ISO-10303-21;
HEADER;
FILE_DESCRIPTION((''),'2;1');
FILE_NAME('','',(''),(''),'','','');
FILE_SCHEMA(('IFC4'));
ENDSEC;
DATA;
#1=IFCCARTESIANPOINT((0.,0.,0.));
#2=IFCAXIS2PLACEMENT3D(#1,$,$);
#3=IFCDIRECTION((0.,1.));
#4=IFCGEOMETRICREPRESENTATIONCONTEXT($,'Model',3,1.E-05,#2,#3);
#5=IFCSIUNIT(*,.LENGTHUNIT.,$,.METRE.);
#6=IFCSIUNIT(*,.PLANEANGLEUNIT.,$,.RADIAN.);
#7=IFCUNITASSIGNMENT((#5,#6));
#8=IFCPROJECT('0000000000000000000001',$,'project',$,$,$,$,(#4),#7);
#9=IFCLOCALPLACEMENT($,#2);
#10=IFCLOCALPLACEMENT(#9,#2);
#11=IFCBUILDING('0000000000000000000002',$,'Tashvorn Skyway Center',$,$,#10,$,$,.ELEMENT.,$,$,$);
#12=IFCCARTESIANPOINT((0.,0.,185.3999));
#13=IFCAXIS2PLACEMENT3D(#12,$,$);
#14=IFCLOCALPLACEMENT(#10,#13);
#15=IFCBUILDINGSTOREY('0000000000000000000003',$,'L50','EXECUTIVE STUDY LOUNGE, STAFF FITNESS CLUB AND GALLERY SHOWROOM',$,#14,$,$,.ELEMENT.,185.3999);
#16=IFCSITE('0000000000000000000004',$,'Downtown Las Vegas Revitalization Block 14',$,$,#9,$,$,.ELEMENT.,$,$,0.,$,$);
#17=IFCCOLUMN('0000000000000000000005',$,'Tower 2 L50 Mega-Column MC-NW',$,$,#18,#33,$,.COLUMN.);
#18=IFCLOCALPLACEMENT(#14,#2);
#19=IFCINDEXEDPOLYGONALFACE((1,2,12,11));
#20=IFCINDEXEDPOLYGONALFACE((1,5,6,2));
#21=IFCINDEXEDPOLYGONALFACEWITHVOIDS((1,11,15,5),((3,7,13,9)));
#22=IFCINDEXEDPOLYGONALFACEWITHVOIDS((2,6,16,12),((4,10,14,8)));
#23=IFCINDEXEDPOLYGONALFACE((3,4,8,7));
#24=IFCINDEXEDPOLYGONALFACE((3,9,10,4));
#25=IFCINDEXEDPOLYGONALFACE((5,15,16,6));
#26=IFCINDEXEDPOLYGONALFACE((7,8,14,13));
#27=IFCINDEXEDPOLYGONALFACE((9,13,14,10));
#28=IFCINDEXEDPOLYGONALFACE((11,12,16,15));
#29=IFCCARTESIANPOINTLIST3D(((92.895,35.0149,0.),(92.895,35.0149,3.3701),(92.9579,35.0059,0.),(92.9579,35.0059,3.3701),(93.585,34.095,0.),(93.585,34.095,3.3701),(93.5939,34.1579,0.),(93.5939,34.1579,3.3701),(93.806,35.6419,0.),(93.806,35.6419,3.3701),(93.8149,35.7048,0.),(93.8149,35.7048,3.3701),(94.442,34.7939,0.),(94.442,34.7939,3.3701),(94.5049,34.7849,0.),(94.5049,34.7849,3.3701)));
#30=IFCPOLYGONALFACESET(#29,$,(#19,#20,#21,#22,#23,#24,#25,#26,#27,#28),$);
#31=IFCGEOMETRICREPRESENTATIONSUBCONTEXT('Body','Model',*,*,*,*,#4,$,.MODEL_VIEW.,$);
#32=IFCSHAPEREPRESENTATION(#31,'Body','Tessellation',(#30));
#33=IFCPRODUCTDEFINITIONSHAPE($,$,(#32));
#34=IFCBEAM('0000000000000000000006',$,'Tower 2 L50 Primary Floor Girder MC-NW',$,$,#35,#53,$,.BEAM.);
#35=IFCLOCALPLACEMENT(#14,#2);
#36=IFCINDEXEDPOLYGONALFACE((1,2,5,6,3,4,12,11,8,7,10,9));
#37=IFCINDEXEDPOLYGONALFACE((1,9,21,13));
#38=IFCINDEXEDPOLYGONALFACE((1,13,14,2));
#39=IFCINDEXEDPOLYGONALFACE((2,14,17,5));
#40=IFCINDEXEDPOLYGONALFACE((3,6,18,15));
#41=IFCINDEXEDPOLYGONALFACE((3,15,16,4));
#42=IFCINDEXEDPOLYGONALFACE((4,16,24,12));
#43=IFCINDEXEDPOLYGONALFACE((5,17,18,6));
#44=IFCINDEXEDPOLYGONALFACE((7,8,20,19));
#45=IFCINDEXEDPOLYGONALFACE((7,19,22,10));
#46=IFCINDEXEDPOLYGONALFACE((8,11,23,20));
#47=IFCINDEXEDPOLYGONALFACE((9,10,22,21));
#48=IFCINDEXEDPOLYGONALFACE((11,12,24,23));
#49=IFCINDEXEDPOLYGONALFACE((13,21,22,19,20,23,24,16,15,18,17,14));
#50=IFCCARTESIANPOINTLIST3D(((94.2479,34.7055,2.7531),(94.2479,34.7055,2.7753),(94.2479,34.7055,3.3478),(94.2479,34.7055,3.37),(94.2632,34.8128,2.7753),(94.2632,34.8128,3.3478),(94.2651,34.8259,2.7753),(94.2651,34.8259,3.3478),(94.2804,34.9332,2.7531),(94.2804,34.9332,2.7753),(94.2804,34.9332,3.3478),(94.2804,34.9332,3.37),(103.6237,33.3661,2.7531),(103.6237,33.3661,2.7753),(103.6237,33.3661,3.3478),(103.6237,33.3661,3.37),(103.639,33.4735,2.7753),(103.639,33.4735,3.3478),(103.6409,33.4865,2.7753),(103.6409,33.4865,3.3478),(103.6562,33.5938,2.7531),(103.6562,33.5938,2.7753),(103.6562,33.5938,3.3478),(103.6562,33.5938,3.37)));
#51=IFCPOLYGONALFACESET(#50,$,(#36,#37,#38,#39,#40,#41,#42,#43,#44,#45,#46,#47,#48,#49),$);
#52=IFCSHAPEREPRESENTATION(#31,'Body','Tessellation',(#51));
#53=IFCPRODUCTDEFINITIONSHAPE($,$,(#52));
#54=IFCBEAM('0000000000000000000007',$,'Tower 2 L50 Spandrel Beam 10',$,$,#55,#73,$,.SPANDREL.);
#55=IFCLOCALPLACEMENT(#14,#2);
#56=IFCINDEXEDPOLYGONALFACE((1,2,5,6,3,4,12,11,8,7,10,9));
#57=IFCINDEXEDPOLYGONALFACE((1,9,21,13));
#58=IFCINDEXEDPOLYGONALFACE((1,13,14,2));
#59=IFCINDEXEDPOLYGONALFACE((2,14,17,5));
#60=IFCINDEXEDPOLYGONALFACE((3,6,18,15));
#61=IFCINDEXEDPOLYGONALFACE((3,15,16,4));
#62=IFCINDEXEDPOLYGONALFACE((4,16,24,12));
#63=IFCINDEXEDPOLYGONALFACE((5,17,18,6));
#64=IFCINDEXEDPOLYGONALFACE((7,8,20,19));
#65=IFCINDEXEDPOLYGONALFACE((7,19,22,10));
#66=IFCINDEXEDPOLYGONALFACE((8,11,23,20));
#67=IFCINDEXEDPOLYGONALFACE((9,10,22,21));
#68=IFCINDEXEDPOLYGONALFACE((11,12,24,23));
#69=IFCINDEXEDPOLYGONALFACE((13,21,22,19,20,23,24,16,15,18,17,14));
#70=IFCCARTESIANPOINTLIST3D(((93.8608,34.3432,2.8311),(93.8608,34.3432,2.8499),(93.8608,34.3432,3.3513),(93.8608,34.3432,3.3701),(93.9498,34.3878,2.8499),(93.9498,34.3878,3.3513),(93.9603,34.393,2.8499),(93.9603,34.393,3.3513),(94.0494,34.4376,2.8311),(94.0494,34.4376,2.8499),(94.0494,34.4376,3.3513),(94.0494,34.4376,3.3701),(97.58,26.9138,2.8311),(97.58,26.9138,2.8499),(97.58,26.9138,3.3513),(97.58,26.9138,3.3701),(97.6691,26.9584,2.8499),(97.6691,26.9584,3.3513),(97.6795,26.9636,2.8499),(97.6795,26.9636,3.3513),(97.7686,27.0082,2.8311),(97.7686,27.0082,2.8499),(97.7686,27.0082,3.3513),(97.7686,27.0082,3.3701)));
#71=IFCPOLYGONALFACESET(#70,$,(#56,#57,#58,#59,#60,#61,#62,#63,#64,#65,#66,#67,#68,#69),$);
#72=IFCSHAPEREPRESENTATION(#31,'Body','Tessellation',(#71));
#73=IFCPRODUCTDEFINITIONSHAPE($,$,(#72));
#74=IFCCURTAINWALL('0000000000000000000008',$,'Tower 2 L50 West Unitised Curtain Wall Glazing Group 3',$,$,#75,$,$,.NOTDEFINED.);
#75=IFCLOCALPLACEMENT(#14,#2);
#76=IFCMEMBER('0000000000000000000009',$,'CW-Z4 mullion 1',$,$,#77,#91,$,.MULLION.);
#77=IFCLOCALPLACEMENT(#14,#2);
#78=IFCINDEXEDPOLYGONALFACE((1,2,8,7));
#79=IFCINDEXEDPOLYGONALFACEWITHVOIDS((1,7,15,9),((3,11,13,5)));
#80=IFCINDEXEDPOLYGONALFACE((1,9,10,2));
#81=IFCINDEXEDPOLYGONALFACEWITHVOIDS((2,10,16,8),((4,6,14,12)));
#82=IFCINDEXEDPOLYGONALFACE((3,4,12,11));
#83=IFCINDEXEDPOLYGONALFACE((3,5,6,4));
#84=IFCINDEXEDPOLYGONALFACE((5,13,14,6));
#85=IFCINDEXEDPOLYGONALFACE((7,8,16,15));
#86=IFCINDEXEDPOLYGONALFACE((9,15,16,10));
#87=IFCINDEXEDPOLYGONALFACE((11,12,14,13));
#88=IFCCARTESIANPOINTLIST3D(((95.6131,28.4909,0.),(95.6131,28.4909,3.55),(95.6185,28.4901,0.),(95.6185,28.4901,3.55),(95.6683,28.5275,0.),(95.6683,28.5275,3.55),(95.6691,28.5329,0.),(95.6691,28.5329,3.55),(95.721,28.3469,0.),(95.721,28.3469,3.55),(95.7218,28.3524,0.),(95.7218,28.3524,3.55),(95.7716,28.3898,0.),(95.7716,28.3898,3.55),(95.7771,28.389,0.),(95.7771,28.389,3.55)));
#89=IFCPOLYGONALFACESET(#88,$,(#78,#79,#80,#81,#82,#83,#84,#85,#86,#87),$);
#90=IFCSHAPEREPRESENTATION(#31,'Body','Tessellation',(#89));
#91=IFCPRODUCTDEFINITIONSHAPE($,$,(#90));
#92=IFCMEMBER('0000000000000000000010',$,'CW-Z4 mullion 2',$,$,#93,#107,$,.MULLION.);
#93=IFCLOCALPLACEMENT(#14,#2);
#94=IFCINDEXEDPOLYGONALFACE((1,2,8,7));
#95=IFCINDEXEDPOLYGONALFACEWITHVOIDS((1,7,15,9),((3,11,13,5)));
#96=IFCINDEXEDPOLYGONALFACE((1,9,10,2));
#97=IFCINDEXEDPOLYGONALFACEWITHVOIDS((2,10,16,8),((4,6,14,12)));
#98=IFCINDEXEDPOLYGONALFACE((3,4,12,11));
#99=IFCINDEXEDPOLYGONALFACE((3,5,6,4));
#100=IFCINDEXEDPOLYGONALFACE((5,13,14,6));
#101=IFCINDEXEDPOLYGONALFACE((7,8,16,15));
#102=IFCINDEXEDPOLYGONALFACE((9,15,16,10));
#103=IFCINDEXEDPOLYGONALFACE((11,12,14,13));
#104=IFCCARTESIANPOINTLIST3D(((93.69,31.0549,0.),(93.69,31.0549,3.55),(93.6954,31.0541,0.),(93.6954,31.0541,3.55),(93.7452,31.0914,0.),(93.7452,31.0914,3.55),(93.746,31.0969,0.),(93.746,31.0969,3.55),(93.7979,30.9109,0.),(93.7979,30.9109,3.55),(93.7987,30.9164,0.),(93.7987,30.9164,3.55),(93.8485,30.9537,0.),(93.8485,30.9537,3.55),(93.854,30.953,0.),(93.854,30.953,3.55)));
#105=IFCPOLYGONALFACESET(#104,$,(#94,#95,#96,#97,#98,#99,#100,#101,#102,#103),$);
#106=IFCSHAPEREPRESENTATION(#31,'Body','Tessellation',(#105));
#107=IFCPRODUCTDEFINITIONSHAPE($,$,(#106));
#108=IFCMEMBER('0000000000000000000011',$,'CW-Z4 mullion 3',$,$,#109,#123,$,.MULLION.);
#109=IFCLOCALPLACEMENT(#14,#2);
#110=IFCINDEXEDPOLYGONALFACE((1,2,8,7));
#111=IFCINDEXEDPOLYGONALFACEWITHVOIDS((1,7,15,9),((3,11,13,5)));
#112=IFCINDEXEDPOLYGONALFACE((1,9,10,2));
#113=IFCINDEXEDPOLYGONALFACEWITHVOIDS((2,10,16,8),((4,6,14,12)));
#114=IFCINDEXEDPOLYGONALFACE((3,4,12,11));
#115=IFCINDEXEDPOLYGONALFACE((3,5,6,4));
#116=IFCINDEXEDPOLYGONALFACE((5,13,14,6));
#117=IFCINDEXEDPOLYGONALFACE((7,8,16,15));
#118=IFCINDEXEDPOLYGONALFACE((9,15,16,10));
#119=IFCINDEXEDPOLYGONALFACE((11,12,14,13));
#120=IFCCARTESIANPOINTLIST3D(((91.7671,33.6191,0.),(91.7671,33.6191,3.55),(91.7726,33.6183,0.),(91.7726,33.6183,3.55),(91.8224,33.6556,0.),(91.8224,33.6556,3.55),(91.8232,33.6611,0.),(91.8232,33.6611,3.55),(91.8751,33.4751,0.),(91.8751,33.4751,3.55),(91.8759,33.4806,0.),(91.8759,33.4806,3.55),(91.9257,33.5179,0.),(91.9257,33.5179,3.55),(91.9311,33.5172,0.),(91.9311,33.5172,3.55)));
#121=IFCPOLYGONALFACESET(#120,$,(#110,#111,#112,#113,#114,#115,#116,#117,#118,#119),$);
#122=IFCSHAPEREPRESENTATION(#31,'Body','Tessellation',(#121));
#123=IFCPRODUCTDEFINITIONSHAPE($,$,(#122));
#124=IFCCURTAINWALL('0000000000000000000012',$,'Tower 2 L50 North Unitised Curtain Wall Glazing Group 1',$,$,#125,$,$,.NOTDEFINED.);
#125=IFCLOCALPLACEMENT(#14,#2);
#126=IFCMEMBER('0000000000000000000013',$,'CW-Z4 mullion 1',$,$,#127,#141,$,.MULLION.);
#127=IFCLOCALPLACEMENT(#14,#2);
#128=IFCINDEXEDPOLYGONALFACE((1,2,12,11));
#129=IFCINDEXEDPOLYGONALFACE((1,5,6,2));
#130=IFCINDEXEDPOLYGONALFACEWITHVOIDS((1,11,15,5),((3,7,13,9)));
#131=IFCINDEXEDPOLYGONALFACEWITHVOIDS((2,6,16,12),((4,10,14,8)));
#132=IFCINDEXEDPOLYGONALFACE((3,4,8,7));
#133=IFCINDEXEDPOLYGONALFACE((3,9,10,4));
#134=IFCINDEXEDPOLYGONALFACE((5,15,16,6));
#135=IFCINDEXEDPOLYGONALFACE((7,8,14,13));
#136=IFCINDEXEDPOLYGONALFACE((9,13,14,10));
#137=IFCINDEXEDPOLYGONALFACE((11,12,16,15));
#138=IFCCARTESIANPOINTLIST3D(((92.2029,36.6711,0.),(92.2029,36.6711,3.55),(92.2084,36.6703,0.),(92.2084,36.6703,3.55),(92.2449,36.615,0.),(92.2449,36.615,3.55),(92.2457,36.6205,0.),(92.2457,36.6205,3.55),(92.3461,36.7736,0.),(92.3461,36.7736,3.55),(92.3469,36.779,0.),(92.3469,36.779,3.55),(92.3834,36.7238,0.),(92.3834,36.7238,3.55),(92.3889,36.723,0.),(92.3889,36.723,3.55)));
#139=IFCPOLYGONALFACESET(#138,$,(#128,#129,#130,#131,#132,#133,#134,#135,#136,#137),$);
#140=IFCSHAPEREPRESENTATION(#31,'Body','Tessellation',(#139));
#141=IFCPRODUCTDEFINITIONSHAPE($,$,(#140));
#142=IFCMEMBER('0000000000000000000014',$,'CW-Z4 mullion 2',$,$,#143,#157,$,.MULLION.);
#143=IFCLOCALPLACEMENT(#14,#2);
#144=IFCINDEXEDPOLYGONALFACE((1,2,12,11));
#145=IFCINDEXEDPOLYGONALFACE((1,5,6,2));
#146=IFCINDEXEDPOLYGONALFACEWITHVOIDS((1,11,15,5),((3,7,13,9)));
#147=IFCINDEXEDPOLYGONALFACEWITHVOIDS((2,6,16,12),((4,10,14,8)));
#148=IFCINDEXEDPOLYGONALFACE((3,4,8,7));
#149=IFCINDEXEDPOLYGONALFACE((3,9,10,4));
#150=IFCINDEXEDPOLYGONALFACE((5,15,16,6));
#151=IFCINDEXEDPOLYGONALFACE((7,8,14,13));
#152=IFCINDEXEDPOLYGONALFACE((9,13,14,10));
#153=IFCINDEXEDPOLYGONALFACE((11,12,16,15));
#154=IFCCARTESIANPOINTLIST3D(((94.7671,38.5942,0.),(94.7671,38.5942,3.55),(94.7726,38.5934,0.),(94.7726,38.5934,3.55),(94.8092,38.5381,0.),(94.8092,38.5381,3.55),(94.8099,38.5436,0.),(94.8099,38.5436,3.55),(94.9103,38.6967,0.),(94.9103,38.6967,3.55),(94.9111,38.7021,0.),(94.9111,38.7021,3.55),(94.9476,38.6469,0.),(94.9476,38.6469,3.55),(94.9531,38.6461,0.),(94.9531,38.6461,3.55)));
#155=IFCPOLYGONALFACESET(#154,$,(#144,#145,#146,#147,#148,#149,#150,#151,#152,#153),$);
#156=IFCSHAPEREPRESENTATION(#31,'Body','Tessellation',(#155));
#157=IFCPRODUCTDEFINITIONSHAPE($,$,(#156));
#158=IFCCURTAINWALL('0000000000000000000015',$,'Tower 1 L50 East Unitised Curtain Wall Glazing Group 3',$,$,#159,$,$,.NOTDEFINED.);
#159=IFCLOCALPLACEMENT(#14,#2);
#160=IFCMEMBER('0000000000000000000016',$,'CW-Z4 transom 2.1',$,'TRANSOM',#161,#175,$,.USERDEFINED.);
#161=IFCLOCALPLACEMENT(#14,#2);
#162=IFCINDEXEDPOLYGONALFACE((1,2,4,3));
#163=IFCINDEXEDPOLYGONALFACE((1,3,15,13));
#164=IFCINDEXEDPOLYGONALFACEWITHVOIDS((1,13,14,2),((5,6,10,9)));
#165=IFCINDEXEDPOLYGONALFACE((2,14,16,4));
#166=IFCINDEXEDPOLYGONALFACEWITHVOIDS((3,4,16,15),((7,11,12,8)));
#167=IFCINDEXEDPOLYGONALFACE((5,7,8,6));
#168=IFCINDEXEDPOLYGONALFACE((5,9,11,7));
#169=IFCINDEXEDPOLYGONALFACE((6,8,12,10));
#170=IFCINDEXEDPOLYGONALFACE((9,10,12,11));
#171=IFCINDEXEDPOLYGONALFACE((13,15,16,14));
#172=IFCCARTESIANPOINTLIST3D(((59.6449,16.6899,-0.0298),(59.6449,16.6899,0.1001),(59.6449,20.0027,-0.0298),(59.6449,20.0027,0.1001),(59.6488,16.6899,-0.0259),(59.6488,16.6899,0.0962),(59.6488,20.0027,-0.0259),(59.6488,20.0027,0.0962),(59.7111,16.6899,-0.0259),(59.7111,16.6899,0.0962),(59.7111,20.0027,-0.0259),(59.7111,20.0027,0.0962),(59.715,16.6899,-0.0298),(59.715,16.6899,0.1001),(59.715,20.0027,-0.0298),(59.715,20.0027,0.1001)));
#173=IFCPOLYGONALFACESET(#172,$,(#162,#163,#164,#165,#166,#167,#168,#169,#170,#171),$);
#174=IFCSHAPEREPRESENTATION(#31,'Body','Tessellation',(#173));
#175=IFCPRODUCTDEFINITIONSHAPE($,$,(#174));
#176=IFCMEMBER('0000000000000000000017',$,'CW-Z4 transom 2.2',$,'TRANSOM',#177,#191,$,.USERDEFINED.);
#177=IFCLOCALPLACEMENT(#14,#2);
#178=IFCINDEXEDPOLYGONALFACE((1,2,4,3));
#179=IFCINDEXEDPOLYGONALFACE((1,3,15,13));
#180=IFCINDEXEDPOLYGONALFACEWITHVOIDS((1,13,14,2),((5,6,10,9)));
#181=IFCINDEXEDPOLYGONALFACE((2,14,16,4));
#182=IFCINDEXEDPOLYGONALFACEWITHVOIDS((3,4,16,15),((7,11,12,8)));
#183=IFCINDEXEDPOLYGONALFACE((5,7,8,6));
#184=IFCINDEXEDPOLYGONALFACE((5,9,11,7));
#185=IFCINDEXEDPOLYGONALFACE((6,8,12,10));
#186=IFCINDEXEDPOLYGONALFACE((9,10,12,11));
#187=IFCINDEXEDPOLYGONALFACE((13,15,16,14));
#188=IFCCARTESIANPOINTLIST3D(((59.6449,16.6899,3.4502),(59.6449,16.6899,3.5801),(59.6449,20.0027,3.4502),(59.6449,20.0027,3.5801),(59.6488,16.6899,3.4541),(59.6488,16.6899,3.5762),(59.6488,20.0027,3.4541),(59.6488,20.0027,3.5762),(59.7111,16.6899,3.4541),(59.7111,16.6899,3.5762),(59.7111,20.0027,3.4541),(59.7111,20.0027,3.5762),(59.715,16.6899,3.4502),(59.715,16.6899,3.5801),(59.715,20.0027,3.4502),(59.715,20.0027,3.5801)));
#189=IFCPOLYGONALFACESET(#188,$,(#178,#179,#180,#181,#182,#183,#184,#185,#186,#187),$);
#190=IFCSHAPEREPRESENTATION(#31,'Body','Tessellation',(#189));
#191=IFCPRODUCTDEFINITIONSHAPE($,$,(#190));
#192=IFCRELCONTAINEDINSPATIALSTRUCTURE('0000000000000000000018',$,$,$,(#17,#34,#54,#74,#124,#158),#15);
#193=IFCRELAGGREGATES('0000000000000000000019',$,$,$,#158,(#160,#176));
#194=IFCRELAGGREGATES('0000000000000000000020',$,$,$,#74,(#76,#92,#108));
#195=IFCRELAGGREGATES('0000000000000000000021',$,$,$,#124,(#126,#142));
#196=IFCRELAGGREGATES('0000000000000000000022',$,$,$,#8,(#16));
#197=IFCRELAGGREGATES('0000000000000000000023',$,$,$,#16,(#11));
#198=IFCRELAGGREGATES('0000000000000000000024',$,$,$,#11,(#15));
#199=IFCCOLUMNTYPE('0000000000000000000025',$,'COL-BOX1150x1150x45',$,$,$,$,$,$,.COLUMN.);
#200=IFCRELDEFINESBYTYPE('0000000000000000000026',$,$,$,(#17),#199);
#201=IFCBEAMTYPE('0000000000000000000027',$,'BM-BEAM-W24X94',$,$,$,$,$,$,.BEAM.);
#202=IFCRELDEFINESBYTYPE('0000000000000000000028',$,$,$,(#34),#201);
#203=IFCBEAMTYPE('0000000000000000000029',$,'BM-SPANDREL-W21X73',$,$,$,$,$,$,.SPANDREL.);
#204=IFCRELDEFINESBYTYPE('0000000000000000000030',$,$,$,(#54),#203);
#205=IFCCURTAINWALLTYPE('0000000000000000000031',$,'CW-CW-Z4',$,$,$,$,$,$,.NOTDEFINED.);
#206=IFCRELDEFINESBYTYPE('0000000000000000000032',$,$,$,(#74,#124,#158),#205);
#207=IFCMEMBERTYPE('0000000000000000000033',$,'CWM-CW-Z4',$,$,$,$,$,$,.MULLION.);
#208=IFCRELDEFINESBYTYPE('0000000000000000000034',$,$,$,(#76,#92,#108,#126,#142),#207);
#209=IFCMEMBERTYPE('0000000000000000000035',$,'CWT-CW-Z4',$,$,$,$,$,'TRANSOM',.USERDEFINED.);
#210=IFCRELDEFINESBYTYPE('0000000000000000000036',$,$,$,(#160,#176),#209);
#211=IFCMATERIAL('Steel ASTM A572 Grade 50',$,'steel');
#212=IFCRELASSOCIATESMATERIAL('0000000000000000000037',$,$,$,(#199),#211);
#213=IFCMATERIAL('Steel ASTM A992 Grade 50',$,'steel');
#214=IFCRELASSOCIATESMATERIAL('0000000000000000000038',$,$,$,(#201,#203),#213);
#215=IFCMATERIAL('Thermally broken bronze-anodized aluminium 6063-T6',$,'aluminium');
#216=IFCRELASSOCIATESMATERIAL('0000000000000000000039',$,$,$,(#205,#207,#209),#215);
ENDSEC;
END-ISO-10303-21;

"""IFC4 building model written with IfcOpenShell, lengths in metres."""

from ifc_helpers import new_model, si_unit, direction, frame, origin, origin_2d, place, context, subcontext, project, spatial, hollow_rectangle, i_section, extrude, material, material_profile, profile_set, type_object, element, aggregate, save


model = new_model("IFC4")

# Units and contexts
model_context = context("Model", 3, precision=1e-05, world=origin(), true_north=direction((0.0, 1.0)))
body_context = subcontext(model_context, "Body", "Model", "MODEL_VIEW")
ifc_project = project(units=[si_unit("LENGTHUNIT", "METRE"), si_unit("PLANEANGLEUNIT", "RADIAN")], contexts=[model_context])

# Site, building, storey
site_placement = place(None, origin())
site = spatial("IfcSite", under=ifc_project, at=site_placement, Name="Downtown Las Vegas Revitalization Block 14", CompositionType="ELEMENT", RefElevation=0.0)
building_placement = place(site_placement, origin())
building = spatial("IfcBuilding", under=site, at=building_placement, Name="Tashvorn Skyway Center", CompositionType="ELEMENT")
storey_placement = place(building_placement, frame((0.0, 0.0, 185.3999)))
storey = spatial("IfcBuildingStorey", under=building, at=storey_placement, Name="L50", Description="EXECUTIVE STUDY LOUNGE, STAFF FITNESS CLUB AND GALLERY SHOWROOM", CompositionType="ELEMENT", Elevation=185.3999)

# Column
ifc_material_1 = material(Name="Steel ASTM A572 Grade 50", Category="steel")
ifc_material_profile_1 = material_profile(ifc_material_1, hollow_rectangle(XDim=1.1499, YDim=1.1499, WallThickness=0.0449, at=origin_2d()), Name="BOX1150x1150x45")
ifc_profile_set_1 = profile_set([ifc_material_profile_1], Name="Steel ASTM A572 Grade 50")
column_type = type_object("IfcColumnType", Name="COL-BOX1150x1150x45", PredefinedType="COLUMN", material=ifc_profile_set_1)
column_placement = place(storey_placement, frame((93.7, 34.8999, 0.0), z_axis=(0.0, 0.0, 1.0), x_axis=(0.8, 0.6, 0.0)))
element("IfcColumn", 1, at=column_placement, inside=storey, type_object=column_type, Name="Tower 2 L50 Mega-Column MC-NW", PredefinedType="COLUMN", context=body_context, shape_type="SweptSolid", body=[
    extrude(hollow_rectangle(XDim=1.1499, YDim=1.1499, WallThickness=0.0449, at=origin_2d()), origin(), (0.0, 0.0, 1.0), 3.3701),
])

# Beams
ifc_material_2 = material(Name="Steel ASTM A992 Grade 50", Category="steel")
ifc_material_profile_2 = material_profile(ifc_material_2, i_section(OverallWidth=0.23, OverallDepth=0.6169, WebThickness=0.0132, FlangeThickness=0.0222, at=origin_2d()), Name="W24X94")
ifc_profile_set_2 = profile_set([ifc_material_profile_2], Name="Steel ASTM A992 Grade 50")
beam_type_1 = type_object("IfcBeamType", Name="BM-BEAM-W24X94", PredefinedType="BEAM", material=ifc_profile_set_2)
beam_1_placement = place(storey_placement, frame((94.2642, 34.8193, 3.0615), z_axis=(0.98995, -0.141418, 0.0), x_axis=(0.141418, 0.98995, 0.0)))
element("IfcBeam", 2, at=beam_1_placement, inside=storey, type_object=beam_type_1, Name="Tower 2 L50 Primary Floor Girder MC-NW", PredefinedType="BEAM", context=body_context, shape_type="SweptSolid", body=[
    extrude(i_section(OverallWidth=0.23, OverallDepth=0.6169, WebThickness=0.0132, FlangeThickness=0.0222, at=origin_2d()), origin(), (0.0, 0.0, 1.0), 9.4709),
])
ifc_material_profile_3 = material_profile(ifc_material_2, i_section(OverallWidth=0.2109, OverallDepth=0.5391, WebThickness=0.0117, FlangeThickness=0.0188, at=origin_2d()), Name="W21X73")
ifc_profile_set_3 = profile_set([ifc_material_profile_3], Name="Steel ASTM A992 Grade 50")
beam_type_2 = type_object("IfcBeamType", Name="BM-SPANDREL-W21X73", PredefinedType="SPANDREL", material=ifc_profile_set_3)
beam_2_placement = place(storey_placement, frame((93.9551, 34.3904, 3.1006), z_axis=(0.447648, -0.89421, 0.0), x_axis=(0.89421, 0.447648, 0.0)))
element("IfcBeam", 3, at=beam_2_placement, inside=storey, type_object=beam_type_2, Name="Tower 2 L50 Spandrel Beam 10", PredefinedType="SPANDREL", context=body_context, shape_type="SweptSolid", body=[
    extrude(i_section(OverallWidth=0.2109, OverallDepth=0.5391, WebThickness=0.0117, FlangeThickness=0.0188, at=origin_2d()), origin(), (0.0, 0.0, 1.0), 8.3083),
])

# Curtain walls, members
ifc_material_3 = material(Name="Thermally broken bronze-anodized aluminium 6063-T6", Category="aluminium")
curtain_wall_type = type_object("IfcCurtainWallType", Name="CW-CW-Z4", PredefinedType="NOTDEFINED", material=ifc_material_3)
curtain_wall_1_placement = place(storey_placement, origin())
curtain_wall_1 = element("IfcCurtainWall", 4, at=curtain_wall_1_placement, inside=storey, type_object=curtain_wall_type, Name="Tower 2 L50 West Unitised Curtain Wall Glazing Group 3", PredefinedType="NOTDEFINED")
ifc_material_profile_4 = material_profile(ifc_material_3, hollow_rectangle(XDim=0.0701, YDim=0.1799, WallThickness=0.0039, at=origin_2d()), Name="ALU-MULL-70x180")
ifc_profile_set_4 = profile_set([ifc_material_profile_4], Name="Thermally broken bronze-anodized aluminium 6063-T6")
member_type_1 = type_object("IfcMemberType", Name="CWM-CW-Z4", PredefinedType="MULLION", material=ifc_profile_set_4)
member_1_placement = place(storey_placement, frame((95.6951, 28.4399, 0.0), z_axis=(0.0, 0.0, 1.0), x_axis=(-0.8, -0.6, 0.0)))
member_1 = element("IfcMember", 5, at=member_1_placement, type_object=member_type_1, Name="CW-Z4 mullion 1", PredefinedType="MULLION", context=body_context, shape_type="SweptSolid", body=[
    extrude(hollow_rectangle(XDim=0.0701, YDim=0.1799, WallThickness=0.0039, at=origin_2d()), origin(), (0.0, 0.0, 1.0), 3.55),
])
member_2_placement = place(storey_placement, frame((93.772, 31.0039, 0.0), z_axis=(0.0, 0.0, 1.0), x_axis=(-0.8, -0.6, 0.0)))
member_2 = element("IfcMember", 6, at=member_2_placement, type_object=member_type_1, Name="CW-Z4 mullion 2", PredefinedType="MULLION", context=body_context, shape_type="SweptSolid", body=[
    extrude(hollow_rectangle(XDim=0.0701, YDim=0.1799, WallThickness=0.0039, at=origin_2d()), origin(), (0.0, 0.0, 1.0), 3.55),
])
member_3_placement = place(storey_placement, frame((91.8491, 33.5681, 0.0), z_axis=(0.0, 0.0, 1.0), x_axis=(-0.8, -0.6, 0.0)))
member_3 = element("IfcMember", 7, at=member_3_placement, type_object=member_type_1, Name="CW-Z4 mullion 3", PredefinedType="MULLION", context=body_context, shape_type="SweptSolid", body=[
    extrude(hollow_rectangle(XDim=0.0701, YDim=0.1799, WallThickness=0.0039, at=origin_2d()), origin(), (0.0, 0.0, 1.0), 3.55),
])
curtain_wall_2_placement = place(storey_placement, origin())
curtain_wall_2 = element("IfcCurtainWall", 8, at=curtain_wall_2_placement, inside=storey, type_object=curtain_wall_type, Name="Tower 2 L50 North Unitised Curtain Wall Glazing Group 1", PredefinedType="NOTDEFINED")
member_4_placement = place(storey_placement, frame((92.2959, 36.697, 0.0), z_axis=(0.0, 0.0, 1.0), x_axis=(-0.6, 0.8, 0.0)))
member_4 = element("IfcMember", 9, at=member_4_placement, type_object=member_type_1, Name="CW-Z4 mullion 1", PredefinedType="MULLION", context=body_context, shape_type="SweptSolid", body=[
    extrude(hollow_rectangle(XDim=0.0701, YDim=0.1799, WallThickness=0.0039, at=origin_2d()), origin(), (0.0, 0.0, 1.0), 3.55),
])
member_5_placement = place(storey_placement, frame((94.8601, 38.6201, 0.0), z_axis=(0.0, 0.0, 1.0), x_axis=(-0.6, 0.8, 0.0)))
member_5 = element("IfcMember", 10, at=member_5_placement, type_object=member_type_1, Name="CW-Z4 mullion 2", PredefinedType="MULLION", context=body_context, shape_type="SweptSolid", body=[
    extrude(hollow_rectangle(XDim=0.0701, YDim=0.1799, WallThickness=0.0039, at=origin_2d()), origin(), (0.0, 0.0, 1.0), 3.55),
])
curtain_wall_3_placement = place(storey_placement, origin())
curtain_wall_3 = element("IfcCurtainWall", 11, at=curtain_wall_3_placement, inside=storey, type_object=curtain_wall_type, Name="Tower 1 L50 East Unitised Curtain Wall Glazing Group 3", PredefinedType="NOTDEFINED")
ifc_material_profile_5 = material_profile(ifc_material_3, hollow_rectangle(XDim=0.0701, YDim=0.1299, WallThickness=0.0039, at=origin_2d()), Name="ALU-TRAN-70x130")
ifc_profile_set_5 = profile_set([ifc_material_profile_5], Name="Thermally broken bronze-anodized aluminium 6063-T6")
member_type_2 = type_object("IfcMemberType", Name="CWT-CW-Z4", ElementType="TRANSOM", PredefinedType="USERDEFINED", material=ifc_profile_set_5)
member_6_placement = place(storey_placement, frame((59.6799, 20.0027, 0.0352), z_axis=(0.0, -1.0, 0.0), x_axis=(1.0, 0.0, 0.0)))
member_6 = element("IfcMember", 12, at=member_6_placement, type_object=member_type_2, Name="CW-Z4 transom 2.1", ObjectType="TRANSOM", PredefinedType="USERDEFINED", context=body_context, shape_type="SweptSolid", body=[
    extrude(hollow_rectangle(XDim=0.0701, YDim=0.1299, WallThickness=0.0039, at=origin_2d()), origin(), (0.0, 0.0, 1.0), 3.3127),
])
member_7_placement = place(storey_placement, frame((59.6799, 20.0027, 3.5151), z_axis=(0.0, -1.0, 0.0), x_axis=(1.0, 0.0, 0.0)))
member_7 = element("IfcMember", 13, at=member_7_placement, type_object=member_type_2, Name="CW-Z4 transom 2.2", ObjectType="TRANSOM", PredefinedType="USERDEFINED", context=body_context, shape_type="SweptSolid", body=[
    extrude(hollow_rectangle(XDim=0.0701, YDim=0.1299, WallThickness=0.0039, at=origin_2d()), origin(), (0.0, 0.0, 1.0), 3.3127),
])

aggregate(curtain_wall_3, [member_6, member_7])
aggregate(curtain_wall_1, [member_1, member_2, member_3])
aggregate(curtain_wall_2, [member_4, member_5])

save(model, "model.ifc")
